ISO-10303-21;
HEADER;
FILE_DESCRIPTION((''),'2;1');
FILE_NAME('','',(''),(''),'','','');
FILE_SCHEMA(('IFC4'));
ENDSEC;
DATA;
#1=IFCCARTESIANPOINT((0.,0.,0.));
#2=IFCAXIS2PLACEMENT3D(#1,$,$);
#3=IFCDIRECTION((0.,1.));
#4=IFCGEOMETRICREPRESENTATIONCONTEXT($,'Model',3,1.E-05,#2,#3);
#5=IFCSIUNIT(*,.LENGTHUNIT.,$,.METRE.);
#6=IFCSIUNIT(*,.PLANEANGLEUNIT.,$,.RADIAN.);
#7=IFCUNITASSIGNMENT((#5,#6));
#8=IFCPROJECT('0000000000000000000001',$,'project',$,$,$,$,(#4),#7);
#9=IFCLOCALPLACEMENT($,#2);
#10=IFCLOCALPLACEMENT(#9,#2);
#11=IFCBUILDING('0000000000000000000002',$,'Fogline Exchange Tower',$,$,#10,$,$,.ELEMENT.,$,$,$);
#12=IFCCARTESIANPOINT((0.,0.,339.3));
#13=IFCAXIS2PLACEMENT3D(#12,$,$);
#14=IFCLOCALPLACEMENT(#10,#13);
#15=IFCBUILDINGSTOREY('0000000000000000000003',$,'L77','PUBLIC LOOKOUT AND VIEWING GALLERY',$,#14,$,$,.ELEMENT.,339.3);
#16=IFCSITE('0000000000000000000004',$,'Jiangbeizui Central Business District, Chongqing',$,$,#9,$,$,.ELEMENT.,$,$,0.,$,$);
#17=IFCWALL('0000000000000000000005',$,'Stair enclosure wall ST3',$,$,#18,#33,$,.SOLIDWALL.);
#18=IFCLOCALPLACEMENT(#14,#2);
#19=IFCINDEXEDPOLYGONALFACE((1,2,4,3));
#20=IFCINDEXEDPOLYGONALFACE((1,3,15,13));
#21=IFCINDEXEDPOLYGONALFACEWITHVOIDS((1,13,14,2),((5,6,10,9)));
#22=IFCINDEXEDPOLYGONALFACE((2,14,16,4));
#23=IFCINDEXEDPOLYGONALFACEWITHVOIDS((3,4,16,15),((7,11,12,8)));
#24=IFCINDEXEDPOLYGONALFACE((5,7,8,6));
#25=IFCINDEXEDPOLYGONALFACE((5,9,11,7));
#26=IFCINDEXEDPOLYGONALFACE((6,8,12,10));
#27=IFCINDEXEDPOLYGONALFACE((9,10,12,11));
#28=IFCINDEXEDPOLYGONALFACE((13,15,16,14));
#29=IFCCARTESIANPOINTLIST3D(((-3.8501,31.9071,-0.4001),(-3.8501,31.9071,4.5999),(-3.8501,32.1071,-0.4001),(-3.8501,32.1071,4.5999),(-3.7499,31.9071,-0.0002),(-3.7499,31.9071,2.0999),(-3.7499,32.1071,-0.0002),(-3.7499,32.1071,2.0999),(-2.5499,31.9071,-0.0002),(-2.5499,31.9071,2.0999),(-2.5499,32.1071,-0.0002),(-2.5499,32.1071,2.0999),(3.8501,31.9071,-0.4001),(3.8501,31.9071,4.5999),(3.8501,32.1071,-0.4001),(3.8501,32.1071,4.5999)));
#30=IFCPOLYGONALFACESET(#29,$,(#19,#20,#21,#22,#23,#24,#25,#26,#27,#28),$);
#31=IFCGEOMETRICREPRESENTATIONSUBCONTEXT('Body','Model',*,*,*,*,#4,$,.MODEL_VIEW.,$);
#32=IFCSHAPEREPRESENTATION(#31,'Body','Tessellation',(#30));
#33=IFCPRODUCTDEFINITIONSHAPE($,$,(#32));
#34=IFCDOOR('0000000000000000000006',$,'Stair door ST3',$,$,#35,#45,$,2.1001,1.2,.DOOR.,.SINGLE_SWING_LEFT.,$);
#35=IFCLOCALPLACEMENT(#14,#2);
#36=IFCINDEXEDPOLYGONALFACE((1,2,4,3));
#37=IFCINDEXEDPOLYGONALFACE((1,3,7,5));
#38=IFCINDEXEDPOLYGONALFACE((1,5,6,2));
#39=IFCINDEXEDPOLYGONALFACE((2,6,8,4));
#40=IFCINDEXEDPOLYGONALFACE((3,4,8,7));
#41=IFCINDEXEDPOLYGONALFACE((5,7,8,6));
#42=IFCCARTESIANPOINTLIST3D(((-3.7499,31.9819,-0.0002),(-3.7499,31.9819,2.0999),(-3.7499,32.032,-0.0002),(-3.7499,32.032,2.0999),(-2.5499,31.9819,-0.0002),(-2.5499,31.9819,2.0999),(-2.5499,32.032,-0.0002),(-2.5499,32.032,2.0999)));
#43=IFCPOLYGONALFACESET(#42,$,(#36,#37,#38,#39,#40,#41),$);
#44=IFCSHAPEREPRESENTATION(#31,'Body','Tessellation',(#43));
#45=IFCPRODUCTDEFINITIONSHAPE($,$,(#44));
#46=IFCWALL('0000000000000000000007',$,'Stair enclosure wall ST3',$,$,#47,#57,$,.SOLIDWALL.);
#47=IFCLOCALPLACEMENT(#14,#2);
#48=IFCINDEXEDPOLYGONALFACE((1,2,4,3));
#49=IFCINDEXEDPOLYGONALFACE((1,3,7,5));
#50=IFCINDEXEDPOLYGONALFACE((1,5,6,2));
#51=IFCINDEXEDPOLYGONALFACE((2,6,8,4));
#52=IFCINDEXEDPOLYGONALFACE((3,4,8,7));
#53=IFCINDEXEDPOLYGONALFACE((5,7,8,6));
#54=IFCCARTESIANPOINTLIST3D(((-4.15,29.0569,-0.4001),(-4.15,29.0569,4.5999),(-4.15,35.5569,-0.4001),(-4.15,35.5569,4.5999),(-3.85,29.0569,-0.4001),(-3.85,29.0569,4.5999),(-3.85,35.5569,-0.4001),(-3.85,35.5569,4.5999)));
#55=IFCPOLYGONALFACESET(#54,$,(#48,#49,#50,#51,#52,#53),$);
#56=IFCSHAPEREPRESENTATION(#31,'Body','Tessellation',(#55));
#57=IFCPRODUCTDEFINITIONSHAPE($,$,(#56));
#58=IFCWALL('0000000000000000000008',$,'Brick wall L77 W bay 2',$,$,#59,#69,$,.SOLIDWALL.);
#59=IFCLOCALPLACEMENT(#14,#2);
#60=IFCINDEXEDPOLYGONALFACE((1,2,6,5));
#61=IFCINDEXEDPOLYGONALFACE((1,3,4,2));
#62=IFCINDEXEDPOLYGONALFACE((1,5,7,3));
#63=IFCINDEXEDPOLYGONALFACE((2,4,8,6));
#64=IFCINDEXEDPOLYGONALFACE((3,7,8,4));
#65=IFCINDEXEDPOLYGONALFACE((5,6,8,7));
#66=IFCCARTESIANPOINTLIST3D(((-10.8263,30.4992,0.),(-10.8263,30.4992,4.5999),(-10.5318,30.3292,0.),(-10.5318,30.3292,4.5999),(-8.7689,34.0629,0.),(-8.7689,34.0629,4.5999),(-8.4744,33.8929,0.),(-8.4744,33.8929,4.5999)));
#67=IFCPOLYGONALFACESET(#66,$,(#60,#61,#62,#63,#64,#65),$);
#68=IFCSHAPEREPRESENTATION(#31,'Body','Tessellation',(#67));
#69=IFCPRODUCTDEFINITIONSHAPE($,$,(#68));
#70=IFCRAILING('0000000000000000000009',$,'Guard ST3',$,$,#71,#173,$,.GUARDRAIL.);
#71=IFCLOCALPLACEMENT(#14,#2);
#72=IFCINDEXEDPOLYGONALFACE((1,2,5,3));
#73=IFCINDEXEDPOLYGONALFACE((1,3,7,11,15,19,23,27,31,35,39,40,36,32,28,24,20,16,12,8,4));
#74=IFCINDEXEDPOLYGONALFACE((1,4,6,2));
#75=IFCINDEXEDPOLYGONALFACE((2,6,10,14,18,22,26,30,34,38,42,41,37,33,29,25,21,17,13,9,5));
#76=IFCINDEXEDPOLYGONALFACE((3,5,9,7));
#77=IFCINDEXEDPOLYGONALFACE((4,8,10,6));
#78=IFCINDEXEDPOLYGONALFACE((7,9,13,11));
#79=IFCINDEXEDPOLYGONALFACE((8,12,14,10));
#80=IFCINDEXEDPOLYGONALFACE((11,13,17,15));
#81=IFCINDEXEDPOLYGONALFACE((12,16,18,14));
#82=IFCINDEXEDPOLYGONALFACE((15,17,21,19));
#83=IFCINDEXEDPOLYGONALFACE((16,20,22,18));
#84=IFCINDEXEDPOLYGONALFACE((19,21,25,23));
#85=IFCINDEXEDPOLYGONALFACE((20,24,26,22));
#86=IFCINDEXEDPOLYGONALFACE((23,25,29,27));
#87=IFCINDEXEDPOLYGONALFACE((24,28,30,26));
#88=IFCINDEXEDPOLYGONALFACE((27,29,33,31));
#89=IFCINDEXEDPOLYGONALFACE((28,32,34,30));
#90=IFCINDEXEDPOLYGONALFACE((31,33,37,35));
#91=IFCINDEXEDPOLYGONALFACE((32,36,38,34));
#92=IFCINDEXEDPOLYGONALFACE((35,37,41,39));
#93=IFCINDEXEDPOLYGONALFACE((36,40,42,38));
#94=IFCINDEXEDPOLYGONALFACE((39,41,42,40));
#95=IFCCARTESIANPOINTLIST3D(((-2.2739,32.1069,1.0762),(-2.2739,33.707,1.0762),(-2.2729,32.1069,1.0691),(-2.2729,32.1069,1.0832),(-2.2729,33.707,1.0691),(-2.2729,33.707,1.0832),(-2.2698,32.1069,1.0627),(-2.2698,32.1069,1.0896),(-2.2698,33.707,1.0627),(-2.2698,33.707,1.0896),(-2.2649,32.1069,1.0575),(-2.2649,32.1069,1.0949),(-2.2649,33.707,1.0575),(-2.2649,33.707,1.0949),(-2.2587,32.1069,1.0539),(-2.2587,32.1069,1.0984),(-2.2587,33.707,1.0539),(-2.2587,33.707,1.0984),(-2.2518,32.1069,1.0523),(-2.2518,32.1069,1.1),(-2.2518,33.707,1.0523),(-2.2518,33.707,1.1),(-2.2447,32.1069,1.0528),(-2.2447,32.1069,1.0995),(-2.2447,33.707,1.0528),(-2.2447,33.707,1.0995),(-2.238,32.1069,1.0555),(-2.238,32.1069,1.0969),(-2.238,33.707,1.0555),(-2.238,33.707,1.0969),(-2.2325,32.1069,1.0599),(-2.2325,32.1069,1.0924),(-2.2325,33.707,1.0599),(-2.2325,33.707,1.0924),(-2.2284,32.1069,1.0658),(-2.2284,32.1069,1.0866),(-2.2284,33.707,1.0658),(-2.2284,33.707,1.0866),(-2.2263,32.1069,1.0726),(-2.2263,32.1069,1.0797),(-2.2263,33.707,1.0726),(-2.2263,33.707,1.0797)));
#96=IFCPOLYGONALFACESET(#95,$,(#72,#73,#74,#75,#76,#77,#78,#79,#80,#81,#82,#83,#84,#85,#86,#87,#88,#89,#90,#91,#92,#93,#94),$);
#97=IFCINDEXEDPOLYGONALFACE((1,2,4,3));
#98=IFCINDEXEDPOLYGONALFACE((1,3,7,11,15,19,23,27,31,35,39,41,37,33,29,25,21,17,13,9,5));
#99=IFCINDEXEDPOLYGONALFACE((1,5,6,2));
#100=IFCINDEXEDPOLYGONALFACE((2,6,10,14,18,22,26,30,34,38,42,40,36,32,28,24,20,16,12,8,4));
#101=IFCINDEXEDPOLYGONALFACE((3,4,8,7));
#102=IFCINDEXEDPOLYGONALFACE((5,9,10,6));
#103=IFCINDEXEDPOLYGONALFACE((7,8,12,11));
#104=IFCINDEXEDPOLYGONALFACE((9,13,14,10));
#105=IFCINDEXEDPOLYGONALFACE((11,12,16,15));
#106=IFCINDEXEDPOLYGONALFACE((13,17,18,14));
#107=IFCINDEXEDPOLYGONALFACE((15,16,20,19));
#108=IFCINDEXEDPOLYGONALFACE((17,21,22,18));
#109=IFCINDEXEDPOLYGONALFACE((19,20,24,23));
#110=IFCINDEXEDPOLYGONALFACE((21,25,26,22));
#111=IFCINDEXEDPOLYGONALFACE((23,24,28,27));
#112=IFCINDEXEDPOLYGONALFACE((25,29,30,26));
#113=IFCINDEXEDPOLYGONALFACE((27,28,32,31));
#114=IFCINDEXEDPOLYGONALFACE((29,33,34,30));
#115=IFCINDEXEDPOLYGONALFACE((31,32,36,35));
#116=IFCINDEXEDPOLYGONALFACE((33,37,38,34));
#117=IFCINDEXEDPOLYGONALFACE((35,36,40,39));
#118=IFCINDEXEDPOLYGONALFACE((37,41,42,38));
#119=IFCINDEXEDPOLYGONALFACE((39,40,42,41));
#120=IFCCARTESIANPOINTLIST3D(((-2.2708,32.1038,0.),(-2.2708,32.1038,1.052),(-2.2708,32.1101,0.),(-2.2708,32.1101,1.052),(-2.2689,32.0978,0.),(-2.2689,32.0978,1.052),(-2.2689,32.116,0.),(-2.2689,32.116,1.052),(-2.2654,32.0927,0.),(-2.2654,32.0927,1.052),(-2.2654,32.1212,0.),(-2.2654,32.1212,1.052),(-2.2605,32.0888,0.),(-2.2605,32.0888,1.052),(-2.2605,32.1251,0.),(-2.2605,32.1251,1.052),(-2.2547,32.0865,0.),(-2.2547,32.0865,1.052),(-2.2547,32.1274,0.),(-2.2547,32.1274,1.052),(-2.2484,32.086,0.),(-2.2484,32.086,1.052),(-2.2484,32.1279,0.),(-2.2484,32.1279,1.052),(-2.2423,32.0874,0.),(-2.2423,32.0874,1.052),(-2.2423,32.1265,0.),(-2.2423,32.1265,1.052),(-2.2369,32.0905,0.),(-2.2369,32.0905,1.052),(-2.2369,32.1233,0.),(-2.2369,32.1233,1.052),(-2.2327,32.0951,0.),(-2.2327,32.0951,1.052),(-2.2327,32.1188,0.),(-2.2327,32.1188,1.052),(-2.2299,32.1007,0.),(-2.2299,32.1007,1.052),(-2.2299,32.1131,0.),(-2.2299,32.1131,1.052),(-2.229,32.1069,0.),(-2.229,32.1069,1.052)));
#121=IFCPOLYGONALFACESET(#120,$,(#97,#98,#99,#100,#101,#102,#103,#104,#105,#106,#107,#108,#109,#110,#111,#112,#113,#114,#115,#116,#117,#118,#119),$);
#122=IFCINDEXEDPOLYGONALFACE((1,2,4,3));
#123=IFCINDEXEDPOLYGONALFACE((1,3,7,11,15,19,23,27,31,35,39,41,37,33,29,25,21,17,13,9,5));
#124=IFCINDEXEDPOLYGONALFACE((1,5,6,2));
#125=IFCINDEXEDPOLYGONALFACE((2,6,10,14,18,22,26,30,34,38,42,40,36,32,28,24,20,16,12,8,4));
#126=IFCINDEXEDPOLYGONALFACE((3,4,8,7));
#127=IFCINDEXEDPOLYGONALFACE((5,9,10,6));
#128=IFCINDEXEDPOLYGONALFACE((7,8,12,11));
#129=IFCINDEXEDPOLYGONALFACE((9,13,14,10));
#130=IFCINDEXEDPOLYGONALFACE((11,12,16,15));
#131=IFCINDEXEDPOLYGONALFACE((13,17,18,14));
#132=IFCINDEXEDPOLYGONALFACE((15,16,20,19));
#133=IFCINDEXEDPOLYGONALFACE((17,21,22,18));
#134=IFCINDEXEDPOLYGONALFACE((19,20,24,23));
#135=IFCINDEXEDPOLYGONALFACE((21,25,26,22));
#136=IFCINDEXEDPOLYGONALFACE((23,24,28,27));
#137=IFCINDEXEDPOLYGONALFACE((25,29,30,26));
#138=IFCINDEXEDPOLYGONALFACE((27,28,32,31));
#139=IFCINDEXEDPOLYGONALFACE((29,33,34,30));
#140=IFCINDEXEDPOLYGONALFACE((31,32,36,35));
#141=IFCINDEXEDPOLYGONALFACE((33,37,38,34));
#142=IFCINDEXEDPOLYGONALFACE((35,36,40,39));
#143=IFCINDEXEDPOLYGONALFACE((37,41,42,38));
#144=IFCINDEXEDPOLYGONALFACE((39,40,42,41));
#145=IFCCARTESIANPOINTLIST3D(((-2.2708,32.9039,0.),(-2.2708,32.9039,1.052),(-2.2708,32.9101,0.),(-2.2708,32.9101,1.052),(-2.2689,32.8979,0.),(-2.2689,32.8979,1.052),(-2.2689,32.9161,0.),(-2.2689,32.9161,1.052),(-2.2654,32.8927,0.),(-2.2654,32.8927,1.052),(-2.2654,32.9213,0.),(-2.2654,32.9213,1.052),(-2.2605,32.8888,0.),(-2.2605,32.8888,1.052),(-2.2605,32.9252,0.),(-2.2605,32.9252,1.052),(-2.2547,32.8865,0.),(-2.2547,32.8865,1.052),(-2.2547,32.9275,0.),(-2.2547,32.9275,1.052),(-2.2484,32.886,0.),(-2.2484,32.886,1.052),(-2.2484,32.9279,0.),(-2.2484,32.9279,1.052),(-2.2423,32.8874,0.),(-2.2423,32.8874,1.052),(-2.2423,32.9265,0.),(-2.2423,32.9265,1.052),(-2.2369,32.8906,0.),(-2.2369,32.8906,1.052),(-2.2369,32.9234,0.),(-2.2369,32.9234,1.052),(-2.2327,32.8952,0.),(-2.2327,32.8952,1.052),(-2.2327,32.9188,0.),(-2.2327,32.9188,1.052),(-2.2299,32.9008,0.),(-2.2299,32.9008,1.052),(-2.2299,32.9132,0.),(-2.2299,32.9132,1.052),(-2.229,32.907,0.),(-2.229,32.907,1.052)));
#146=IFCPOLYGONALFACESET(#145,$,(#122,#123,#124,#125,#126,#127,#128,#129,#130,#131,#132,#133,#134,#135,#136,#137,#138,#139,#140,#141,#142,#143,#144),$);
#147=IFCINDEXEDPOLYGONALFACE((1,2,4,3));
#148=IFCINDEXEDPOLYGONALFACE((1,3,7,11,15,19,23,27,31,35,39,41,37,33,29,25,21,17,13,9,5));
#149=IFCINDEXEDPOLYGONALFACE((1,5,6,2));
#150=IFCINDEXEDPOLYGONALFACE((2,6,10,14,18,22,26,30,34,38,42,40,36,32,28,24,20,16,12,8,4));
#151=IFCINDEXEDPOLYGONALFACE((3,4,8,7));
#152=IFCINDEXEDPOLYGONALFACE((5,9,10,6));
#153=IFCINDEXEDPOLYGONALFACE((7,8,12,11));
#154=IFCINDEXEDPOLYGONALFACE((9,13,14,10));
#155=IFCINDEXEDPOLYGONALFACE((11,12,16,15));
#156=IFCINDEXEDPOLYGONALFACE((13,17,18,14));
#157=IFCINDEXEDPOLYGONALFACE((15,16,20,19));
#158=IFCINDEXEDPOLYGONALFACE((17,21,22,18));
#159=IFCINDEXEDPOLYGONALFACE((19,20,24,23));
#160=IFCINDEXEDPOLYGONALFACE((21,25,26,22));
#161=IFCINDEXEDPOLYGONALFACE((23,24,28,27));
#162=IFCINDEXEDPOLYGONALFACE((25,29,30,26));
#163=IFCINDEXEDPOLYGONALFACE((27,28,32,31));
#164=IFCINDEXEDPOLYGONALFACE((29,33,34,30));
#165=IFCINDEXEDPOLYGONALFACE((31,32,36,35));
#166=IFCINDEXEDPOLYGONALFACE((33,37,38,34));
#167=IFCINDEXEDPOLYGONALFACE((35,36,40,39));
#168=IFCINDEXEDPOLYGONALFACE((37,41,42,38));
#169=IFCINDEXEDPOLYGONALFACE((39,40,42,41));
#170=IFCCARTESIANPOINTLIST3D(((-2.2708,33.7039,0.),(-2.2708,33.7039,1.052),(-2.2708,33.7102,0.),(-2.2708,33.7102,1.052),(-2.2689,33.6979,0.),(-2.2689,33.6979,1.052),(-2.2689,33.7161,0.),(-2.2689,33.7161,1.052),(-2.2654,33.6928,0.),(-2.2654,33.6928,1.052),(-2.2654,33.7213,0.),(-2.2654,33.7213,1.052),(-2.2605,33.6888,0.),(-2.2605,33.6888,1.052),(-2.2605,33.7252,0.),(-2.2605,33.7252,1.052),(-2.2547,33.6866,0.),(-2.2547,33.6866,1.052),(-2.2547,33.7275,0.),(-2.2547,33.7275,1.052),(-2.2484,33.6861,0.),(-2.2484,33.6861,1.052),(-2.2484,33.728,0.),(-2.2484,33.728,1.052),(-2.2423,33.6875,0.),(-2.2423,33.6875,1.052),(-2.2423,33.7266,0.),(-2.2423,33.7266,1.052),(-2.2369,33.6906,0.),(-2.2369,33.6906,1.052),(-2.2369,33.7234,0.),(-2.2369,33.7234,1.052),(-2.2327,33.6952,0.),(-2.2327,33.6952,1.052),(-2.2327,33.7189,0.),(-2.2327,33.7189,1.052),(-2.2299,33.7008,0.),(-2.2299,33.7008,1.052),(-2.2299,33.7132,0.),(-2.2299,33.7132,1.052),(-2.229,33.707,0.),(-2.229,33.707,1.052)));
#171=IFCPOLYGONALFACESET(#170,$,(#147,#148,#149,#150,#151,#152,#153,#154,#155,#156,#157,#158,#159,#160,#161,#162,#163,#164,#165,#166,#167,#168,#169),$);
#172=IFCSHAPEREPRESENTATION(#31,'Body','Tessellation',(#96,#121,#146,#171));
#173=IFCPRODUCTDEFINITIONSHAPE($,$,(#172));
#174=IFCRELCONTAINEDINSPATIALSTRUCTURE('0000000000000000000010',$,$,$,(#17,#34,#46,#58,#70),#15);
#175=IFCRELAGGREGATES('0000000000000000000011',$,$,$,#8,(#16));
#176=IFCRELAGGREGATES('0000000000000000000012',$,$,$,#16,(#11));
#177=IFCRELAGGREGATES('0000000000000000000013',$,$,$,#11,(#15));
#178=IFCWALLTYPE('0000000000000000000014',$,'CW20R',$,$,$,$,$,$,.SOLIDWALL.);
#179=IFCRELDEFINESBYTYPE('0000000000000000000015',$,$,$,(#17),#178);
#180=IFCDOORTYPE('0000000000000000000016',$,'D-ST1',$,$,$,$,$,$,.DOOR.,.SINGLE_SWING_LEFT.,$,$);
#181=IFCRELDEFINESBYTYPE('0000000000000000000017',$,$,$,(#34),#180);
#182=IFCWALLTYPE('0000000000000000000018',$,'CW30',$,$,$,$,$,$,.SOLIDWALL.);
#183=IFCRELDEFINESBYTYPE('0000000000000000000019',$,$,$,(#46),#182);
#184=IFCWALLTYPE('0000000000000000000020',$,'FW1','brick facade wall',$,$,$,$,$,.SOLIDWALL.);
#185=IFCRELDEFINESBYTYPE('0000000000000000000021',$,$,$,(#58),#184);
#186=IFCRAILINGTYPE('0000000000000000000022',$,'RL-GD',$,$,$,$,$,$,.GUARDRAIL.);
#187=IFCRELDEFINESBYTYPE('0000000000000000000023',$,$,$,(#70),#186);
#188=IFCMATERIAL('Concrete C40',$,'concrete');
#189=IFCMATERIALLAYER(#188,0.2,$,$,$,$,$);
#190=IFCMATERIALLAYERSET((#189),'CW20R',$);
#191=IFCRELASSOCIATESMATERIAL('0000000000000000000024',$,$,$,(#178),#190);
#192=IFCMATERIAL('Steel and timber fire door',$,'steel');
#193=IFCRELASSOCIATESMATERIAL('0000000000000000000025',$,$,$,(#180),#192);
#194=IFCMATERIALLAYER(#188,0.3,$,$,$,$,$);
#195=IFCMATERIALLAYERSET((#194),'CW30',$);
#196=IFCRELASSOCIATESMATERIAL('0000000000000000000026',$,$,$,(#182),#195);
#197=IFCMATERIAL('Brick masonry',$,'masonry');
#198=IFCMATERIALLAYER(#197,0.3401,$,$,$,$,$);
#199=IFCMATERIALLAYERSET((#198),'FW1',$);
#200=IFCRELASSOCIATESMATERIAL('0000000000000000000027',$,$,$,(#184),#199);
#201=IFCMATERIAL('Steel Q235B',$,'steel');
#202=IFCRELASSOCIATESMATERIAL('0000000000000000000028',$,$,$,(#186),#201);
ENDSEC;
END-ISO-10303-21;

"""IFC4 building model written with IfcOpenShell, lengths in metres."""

from ifc_helpers import new_model, si_unit, direction, frame, frame_2d, origin, origin_2d, place, context, subcontext, project, spatial, rectangle, circle, extrude, material, layer, layer_set, type_object, element, fill, save


model = new_model("IFC4")

# Units and contexts
model_context = context("Model", 3, precision=1e-05, world=origin(), true_north=direction((0.0, 1.0)))
body_context = subcontext(model_context, "Body", "Model", "MODEL_VIEW")
ifc_project = project(units=[si_unit("LENGTHUNIT", "METRE"), si_unit("PLANEANGLEUNIT", "RADIAN")], contexts=[model_context])

# Site, building, storey
site_placement = place(None, origin())
site = spatial("IfcSite", under=ifc_project, at=site_placement, Name="Jiangbeizui Central Business District, Chongqing", CompositionType="ELEMENT", RefElevation=0.0)
building_placement = place(site_placement, origin())
building = spatial("IfcBuilding", under=site, at=building_placement, Name="Fogline Exchange Tower", CompositionType="ELEMENT")
storey_placement = place(building_placement, frame((0.0, 0.0, 339.3)))
storey = spatial("IfcBuildingStorey", under=building, at=storey_placement, Name="L77", Description="PUBLIC LOOKOUT AND VIEWING GALLERY", CompositionType="ELEMENT", Elevation=339.3)

# Shared definitions
ifc_material_1 = material(Name="Concrete C40", Category="concrete")

# Wall, opening, door
ifc_layer_1 = layer(ifc_material_1, 0.2)
ifc_layer_set_1 = layer_set([ifc_layer_1], Name="CW20R")
wall_type_1 = type_object("IfcWallType", Name="CW20R", PredefinedType="SOLIDWALL", material=ifc_layer_set_1)
wall_1_placement = place(storey_placement, frame((-3.8501, 32.0071, -0.4001), z_axis=(0.0, 0.0, 1.0), x_axis=(1.0, 0.0, 0.0)))
wall_1 = element("IfcWall", 1, at=wall_1_placement, inside=storey, type_object=wall_type_1, Name="Stair enclosure wall ST3", PredefinedType="SOLIDWALL", context=body_context, shape_type="SweptSolid", body=[
    extrude(rectangle(XDim=7.7002, YDim=0.2, at=frame_2d((3.8501, 0.0))), origin(), (0.0, 0.0, 1.0), 5.0),
])
opening_placement = place(wall_1_placement, frame((0.1001, 0.0, 0.3999)))
opening = element("IfcOpeningElement", 2, at=opening_placement, cuts=wall_1, PredefinedType="OPENING", context=body_context, shape_type="SweptSolid", body=[
    extrude(rectangle(XDim=1.2, YDim=2.1001, at=frame_2d((0.6001, 1.05))), frame((0.0, 0.1099, 0.0), z_axis=(0.0, -1.0, 0.0), x_axis=(1.0, 0.0, 0.0)), (0.0, 0.0, 1.0), 0.22),
])
ifc_material_2 = material(Name="Steel and timber fire door", Category="steel")
door_type = type_object("IfcDoorType", Name="D-ST1", OperationType="SINGLE_SWING_LEFT", PredefinedType="DOOR", material=ifc_material_2)
door_placement = place(opening_placement, origin())
door = element("IfcDoor", 3, at=door_placement, inside=storey, type_object=door_type, Name="Stair door ST3", OperationType="SINGLE_SWING_LEFT", OverallHeight=2.1001, OverallWidth=1.2, PredefinedType="DOOR", context=body_context, shape_type="SweptSolid", body=[
    extrude(rectangle(XDim=1.2, YDim=2.1001, at=frame_2d((0.6001, 1.05))), frame((0.0, 0.0249, 0.0), z_axis=(0.0, -1.0, 0.0), x_axis=(1.0, 0.0, 0.0)), (0.0, 0.0, 1.0), 0.05),
])
fill(opening, door)

# Walls
ifc_layer_2 = layer(ifc_material_1, 0.3)
ifc_layer_set_2 = layer_set([ifc_layer_2], Name="CW30")
wall_type_2 = type_object("IfcWallType", Name="CW30", PredefinedType="SOLIDWALL", material=ifc_layer_set_2)
wall_2_placement = place(storey_placement, frame((-4.0, 29.0569, -0.4001), z_axis=(0.0, 0.0, 1.0), x_axis=(0.0, 1.0, 0.0)))
element("IfcWall", 4, at=wall_2_placement, inside=storey, type_object=wall_type_2, Name="Stair enclosure wall ST3", PredefinedType="SOLIDWALL", context=body_context, shape_type="SweptSolid", body=[
    extrude(rectangle(XDim=6.5, YDim=0.3, at=frame_2d((3.25, 0.0))), origin(), (0.0, 0.0, 1.0), 5.0),
])
ifc_material_3 = material(Name="Brick masonry", Category="masonry")
ifc_layer_3 = layer(ifc_material_3, 0.3401)
ifc_layer_set_3 = layer_set([ifc_layer_3], Name="FW1")
wall_type_3 = type_object("IfcWallType", Name="FW1", Description="brick facade wall", PredefinedType="SOLIDWALL", material=ifc_layer_set_3)
wall_3_placement = place(storey_placement, frame((-8.6216, 33.978, 0.0), z_axis=(0.0, 0.0, 1.0), x_axis=(-0.499974, -0.86604, 0.0)))
element("IfcWall", 5, at=wall_3_placement, inside=storey, type_object=wall_type_3, Name="Brick wall L77 W bay 2", PredefinedType="SOLIDWALL", context=body_context, shape_type="SweptSolid", body=[
    extrude(rectangle(XDim=4.115, YDim=0.3401, at=frame_2d((2.0576, 0.0))), origin(), (0.0, 0.0, 1.0), 4.5999),
])

# Railing
ifc_material_4 = material(Name="Steel Q235B", Category="steel")
railing_type = type_object("IfcRailingType", Name="RL-GD", PredefinedType="GUARDRAIL", material=ifc_material_4)
railing_placement = place(storey_placement, frame((-2.25, 32.1069, 0.0)))
element("IfcRailing", 6, at=railing_placement, inside=storey, type_object=railing_type, Name="Guard ST3", PredefinedType="GUARDRAIL", context=body_context, shape_type="SweptSolid", body=[
    extrude(circle(Radius=0.0239, at=origin_2d()), frame((0.0, 0.0, 1.0762), z_axis=(0.0, 1.0, 0.0), x_axis=(-1.0, 0.0, 0.0)), (0.0, 0.0, 1.0), 1.6001),
    extrude(circle(Radius=0.021, at=origin_2d()), origin(), (0.0, 0.0, 1.0), 1.052),
    extrude(circle(Radius=0.021, at=origin_2d()), frame((0.0, 0.8, 0.0)), (0.0, 0.0, 1.0), 1.052),
    extrude(circle(Radius=0.021, at=origin_2d()), frame((0.0, 1.6001, 0.0)), (0.0, 0.0, 1.0), 1.052),
])

save(model, "model.ifc")
